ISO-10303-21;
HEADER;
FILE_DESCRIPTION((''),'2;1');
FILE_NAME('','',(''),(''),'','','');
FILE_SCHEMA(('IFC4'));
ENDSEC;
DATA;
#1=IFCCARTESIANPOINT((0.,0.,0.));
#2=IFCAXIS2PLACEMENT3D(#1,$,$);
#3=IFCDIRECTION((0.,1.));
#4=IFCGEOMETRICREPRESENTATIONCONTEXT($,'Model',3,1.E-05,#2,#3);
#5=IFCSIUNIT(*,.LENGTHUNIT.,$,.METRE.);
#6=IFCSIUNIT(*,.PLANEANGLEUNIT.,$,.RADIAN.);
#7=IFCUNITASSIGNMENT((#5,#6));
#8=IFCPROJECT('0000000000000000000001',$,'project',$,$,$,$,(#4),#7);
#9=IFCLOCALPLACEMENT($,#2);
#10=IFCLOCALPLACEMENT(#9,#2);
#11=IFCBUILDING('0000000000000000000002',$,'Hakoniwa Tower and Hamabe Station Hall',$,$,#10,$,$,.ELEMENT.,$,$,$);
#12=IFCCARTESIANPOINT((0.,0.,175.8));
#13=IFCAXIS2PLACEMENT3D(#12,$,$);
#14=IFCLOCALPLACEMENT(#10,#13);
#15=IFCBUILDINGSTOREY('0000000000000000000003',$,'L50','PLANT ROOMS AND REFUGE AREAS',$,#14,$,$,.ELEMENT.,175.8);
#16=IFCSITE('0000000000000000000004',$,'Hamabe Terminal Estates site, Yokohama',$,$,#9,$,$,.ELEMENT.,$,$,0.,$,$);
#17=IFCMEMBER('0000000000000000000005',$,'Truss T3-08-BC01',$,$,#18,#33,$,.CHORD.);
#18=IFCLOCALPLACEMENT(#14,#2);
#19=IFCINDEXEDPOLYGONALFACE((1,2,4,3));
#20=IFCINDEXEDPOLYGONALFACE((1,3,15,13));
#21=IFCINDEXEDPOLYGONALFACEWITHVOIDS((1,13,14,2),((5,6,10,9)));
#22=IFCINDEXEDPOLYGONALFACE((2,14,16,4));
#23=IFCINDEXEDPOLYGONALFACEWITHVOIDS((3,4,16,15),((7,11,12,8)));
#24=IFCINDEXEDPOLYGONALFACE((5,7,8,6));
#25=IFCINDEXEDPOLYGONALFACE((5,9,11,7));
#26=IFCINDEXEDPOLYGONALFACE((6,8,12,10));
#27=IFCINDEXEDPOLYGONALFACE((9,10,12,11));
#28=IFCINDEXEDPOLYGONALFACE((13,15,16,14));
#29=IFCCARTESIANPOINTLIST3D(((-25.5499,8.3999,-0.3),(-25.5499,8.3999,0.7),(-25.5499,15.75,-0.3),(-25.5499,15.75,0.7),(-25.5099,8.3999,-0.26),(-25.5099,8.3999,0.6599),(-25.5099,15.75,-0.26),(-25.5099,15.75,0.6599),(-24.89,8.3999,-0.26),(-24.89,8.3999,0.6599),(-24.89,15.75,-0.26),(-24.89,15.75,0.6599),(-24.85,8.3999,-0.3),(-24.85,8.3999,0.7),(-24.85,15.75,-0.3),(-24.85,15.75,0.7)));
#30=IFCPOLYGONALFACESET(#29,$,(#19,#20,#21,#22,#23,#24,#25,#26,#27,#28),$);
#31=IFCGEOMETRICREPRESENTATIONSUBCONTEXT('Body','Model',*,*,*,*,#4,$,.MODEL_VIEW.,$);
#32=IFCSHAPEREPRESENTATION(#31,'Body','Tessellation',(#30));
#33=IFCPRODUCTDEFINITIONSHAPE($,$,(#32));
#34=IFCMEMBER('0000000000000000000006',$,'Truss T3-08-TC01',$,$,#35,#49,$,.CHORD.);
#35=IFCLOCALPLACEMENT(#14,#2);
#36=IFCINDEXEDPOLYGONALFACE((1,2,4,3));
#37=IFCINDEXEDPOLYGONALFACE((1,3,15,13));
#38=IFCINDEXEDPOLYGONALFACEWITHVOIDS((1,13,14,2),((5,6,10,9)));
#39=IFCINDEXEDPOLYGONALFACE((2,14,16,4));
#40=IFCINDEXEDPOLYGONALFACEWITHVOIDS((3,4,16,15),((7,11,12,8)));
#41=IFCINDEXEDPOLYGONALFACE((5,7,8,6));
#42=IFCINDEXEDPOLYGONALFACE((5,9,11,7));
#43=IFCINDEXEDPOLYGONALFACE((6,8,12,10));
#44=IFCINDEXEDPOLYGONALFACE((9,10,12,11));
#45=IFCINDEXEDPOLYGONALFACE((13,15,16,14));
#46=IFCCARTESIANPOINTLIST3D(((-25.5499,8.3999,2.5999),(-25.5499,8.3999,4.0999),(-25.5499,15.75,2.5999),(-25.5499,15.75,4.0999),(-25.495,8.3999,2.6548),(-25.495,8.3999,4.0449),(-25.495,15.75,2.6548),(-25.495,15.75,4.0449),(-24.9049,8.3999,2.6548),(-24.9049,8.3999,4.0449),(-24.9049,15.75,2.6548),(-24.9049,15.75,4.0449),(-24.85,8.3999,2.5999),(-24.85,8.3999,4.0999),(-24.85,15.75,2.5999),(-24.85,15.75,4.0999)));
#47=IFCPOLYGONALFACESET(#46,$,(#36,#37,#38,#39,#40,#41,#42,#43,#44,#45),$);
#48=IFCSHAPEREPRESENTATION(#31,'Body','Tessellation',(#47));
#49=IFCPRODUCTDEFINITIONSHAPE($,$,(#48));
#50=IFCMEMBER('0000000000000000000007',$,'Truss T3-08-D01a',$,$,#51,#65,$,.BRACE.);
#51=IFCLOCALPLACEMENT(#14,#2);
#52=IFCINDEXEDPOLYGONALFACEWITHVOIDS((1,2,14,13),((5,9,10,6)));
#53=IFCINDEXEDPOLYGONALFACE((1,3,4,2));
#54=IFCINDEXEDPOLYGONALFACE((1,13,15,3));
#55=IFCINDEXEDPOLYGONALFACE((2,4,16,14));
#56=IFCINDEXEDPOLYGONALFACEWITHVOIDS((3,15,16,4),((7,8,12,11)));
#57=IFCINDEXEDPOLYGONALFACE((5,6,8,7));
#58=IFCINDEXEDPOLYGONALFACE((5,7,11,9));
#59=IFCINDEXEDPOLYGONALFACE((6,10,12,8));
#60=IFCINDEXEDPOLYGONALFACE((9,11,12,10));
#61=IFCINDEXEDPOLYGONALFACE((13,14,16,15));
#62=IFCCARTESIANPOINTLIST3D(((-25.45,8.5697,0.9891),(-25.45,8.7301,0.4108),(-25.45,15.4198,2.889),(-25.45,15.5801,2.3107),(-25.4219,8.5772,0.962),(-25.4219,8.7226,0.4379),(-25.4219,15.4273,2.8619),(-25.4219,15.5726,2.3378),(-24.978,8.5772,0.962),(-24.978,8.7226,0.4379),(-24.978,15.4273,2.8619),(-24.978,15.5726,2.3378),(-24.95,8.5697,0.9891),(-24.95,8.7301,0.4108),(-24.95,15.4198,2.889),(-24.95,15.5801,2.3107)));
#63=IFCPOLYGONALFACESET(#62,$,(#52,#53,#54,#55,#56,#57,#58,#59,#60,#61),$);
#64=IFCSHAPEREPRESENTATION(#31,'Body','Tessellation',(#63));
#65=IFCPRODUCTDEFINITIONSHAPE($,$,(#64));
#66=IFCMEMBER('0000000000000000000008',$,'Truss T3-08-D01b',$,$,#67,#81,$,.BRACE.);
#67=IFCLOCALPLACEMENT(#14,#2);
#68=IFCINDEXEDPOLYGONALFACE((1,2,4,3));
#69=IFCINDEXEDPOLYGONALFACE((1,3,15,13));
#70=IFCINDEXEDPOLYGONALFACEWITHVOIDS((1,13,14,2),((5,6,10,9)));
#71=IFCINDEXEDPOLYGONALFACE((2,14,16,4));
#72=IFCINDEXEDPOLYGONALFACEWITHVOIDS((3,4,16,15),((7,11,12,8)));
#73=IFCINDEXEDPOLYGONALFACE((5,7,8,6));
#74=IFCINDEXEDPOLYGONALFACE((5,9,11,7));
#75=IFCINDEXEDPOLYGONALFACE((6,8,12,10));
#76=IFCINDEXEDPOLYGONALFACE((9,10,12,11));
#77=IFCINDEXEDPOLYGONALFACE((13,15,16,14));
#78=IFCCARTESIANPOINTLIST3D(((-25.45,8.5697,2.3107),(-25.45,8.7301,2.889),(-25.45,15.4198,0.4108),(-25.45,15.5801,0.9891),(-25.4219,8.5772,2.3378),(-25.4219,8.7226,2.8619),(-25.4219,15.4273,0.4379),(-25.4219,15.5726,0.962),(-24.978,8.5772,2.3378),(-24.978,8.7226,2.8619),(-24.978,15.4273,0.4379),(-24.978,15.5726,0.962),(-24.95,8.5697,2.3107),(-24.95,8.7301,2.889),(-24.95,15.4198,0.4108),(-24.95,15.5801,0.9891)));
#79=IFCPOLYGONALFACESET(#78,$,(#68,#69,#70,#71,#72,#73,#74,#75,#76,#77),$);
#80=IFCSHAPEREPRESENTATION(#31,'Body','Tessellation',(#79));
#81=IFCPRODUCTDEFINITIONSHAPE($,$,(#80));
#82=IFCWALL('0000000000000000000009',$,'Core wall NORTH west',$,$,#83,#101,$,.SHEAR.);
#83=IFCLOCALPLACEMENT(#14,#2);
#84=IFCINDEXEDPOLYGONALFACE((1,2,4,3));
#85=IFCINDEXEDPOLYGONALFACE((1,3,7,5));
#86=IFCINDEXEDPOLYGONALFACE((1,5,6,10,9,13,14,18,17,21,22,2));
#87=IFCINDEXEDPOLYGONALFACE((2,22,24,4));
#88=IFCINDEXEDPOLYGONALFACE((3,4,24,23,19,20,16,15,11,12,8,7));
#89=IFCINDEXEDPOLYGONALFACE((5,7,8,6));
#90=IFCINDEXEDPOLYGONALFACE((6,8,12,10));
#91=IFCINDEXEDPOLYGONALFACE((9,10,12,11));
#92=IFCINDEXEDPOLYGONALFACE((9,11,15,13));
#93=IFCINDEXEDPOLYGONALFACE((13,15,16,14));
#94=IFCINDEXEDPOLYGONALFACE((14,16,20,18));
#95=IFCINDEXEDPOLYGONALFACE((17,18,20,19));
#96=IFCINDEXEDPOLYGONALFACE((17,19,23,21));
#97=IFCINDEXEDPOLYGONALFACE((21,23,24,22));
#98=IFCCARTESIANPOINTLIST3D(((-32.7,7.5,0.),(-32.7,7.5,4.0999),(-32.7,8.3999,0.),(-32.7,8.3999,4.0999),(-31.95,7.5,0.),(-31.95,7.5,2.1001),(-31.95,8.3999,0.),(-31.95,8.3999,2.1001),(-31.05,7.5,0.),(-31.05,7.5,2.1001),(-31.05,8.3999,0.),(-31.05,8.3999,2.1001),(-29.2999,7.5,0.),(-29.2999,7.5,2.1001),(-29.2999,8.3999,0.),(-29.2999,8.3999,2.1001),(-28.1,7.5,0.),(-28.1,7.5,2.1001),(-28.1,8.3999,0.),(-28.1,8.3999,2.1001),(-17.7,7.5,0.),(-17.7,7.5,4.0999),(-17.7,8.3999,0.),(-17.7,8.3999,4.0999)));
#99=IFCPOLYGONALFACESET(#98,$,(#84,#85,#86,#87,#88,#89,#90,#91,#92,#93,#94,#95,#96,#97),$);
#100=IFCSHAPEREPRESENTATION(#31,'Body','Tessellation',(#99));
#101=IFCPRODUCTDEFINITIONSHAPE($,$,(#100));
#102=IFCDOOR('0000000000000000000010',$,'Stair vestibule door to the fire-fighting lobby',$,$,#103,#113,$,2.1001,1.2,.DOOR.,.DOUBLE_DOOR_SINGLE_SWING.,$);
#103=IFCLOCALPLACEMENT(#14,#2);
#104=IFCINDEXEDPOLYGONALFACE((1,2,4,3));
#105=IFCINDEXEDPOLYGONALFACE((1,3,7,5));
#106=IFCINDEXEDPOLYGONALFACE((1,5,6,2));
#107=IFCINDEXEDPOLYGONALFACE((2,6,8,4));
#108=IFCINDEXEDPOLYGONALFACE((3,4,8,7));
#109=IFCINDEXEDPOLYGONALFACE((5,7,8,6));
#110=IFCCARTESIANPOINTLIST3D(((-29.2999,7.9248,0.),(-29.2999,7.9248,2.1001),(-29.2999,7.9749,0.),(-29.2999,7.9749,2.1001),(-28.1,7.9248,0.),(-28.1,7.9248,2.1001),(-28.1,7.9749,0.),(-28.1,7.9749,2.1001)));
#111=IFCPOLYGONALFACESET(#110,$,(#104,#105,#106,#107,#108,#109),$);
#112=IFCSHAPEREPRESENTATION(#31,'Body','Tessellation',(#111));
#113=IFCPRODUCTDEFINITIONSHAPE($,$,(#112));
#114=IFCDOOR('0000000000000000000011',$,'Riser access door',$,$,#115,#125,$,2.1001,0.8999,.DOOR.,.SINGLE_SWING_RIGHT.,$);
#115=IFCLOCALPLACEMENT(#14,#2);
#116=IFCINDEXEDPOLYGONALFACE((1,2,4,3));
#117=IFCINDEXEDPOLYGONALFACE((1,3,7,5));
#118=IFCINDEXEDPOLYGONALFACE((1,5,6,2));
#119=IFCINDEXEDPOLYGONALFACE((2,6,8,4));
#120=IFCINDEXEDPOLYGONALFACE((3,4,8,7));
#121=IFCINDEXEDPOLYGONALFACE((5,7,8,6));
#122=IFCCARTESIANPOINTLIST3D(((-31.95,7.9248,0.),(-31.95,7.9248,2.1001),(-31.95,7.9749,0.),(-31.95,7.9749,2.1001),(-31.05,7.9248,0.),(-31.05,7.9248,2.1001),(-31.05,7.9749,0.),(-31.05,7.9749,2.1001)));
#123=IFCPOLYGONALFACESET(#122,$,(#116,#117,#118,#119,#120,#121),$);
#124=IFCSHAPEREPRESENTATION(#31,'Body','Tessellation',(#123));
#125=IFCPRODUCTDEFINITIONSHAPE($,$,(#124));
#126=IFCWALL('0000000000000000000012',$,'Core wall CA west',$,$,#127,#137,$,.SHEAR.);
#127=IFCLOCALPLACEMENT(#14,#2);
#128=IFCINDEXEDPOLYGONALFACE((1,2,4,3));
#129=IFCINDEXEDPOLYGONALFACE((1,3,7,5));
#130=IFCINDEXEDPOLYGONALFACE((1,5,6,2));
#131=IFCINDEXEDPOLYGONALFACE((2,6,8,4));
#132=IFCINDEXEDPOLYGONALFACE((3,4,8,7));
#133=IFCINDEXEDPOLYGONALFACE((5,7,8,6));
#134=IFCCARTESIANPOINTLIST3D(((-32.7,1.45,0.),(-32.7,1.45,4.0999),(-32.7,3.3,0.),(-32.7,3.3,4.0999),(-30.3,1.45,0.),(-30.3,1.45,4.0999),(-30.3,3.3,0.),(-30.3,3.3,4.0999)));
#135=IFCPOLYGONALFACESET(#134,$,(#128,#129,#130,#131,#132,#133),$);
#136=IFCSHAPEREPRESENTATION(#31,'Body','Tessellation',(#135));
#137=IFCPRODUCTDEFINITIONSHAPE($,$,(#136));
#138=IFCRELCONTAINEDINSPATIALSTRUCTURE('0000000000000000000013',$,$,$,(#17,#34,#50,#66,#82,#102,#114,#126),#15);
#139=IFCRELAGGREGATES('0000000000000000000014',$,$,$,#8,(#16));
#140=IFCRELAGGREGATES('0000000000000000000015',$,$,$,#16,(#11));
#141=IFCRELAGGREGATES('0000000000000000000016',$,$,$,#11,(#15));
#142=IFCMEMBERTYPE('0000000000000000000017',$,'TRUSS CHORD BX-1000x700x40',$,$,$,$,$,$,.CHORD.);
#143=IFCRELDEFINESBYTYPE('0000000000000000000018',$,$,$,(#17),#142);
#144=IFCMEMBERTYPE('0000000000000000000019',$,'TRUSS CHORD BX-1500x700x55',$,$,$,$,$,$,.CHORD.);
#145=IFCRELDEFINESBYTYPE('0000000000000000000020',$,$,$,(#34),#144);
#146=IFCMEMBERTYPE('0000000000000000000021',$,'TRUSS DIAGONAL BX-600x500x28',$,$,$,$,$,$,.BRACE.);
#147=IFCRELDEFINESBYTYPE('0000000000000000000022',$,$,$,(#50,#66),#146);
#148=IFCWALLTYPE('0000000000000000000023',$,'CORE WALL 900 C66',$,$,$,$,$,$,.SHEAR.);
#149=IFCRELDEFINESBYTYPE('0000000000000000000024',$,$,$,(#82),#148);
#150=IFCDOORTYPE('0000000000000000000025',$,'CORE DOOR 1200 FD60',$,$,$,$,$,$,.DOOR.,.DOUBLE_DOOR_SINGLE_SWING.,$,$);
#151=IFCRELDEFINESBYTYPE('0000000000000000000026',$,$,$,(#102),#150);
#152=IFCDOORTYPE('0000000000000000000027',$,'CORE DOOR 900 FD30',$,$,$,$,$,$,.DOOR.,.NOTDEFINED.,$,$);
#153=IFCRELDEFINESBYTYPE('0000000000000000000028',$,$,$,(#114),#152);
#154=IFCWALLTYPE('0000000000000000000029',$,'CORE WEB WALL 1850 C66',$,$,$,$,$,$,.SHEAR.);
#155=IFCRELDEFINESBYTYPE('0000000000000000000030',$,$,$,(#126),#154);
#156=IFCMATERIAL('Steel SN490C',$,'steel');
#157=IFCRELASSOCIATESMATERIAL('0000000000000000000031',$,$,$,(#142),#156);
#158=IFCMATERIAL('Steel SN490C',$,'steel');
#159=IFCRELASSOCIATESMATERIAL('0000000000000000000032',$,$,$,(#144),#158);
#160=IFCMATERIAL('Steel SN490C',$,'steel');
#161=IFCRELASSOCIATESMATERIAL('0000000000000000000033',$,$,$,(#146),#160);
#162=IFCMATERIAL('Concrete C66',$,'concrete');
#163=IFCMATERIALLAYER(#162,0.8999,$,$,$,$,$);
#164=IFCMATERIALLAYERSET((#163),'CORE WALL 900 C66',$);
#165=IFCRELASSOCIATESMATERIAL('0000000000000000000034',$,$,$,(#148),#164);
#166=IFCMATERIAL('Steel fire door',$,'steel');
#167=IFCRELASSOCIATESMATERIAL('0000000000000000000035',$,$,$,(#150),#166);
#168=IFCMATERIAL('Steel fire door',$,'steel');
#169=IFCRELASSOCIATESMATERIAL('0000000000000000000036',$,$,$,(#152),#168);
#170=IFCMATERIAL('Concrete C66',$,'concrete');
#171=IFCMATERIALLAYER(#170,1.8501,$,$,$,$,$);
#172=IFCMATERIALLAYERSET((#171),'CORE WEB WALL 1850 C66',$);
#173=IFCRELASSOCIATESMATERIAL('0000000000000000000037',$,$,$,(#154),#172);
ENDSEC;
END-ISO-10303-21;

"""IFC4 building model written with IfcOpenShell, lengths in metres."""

from ifc_helpers import new_model, si_unit, direction, frame, frame_2d, origin, origin_2d, place, context, subcontext, project, spatial, rectangle, hollow_rectangle, extrude, material, layer, layer_set, material_profile, profile_set, type_object, element, fill, save


model = new_model("IFC4")

# Units and contexts
model_context = context("Model", 3, precision=1e-05, world=origin(), true_north=direction((0.0, 1.0)))
body_context = subcontext(model_context, "Body", "Model", "MODEL_VIEW")
ifc_project = project(units=[si_unit("LENGTHUNIT", "METRE"), si_unit("PLANEANGLEUNIT", "RADIAN")], contexts=[model_context])

# Site, building, storey
site_placement = place(None, origin())
site = spatial("IfcSite", under=ifc_project, at=site_placement, Name="Hamabe Terminal Estates site, Yokohama", CompositionType="ELEMENT", RefElevation=0.0)
building_placement = place(site_placement, origin())
building = spatial("IfcBuilding", under=site, at=building_placement, Name="Hakoniwa Tower and Hamabe Station Hall", CompositionType="ELEMENT")
storey_placement = place(building_placement, frame((0.0, 0.0, 175.8)))
storey = spatial("IfcBuildingStorey", under=building, at=storey_placement, Name="L50", Description="PLANT ROOMS AND REFUGE AREAS", CompositionType="ELEMENT", Elevation=175.8)

# Members
ifc_material_1 = material(Name="Steel SN490C", Category="steel")
ifc_material_profile_1 = material_profile(ifc_material_1, hollow_rectangle(XDim=0.7, YDim=1.0, WallThickness=0.04, at=origin_2d()), Name="BX-1000x700x40")
ifc_profile_set_1 = profile_set([ifc_material_profile_1], Name="Steel SN490C")
member_type_1 = type_object("IfcMemberType", Name="TRUSS CHORD BX-1000x700x40", PredefinedType="CHORD", material=ifc_profile_set_1)
member_1_placement = place(storey_placement, frame((-25.2, 8.3999, 0.2), z_axis=(0.0, 1.0, 0.0), x_axis=(-1.0, 0.0, 0.0)))
element("IfcMember", 1, at=member_1_placement, inside=storey, type_object=member_type_1, Name="Truss T3-08-BC01", PredefinedType="CHORD", context=body_context, shape_type="SweptSolid", body=[
    extrude(hollow_rectangle(XDim=0.7, YDim=1.0, WallThickness=0.04, at=origin_2d()), origin(), (0.0, 0.0, 1.0), 7.3501),
])
ifc_material_2 = material(Name="Steel SN490C", Category="steel")
ifc_material_profile_2 = material_profile(ifc_material_2, hollow_rectangle(XDim=0.7, YDim=1.5, WallThickness=0.0549, at=origin_2d()), Name="BX-1500x700x55")
ifc_profile_set_2 = profile_set([ifc_material_profile_2], Name="Steel SN490C")
member_type_2 = type_object("IfcMemberType", Name="TRUSS CHORD BX-1500x700x55", PredefinedType="CHORD", material=ifc_profile_set_2)
member_2_placement = place(storey_placement, frame((-25.2, 8.3999, 3.3499), z_axis=(0.0, 1.0, 0.0), x_axis=(-1.0, 0.0, 0.0)))
element("IfcMember", 2, at=member_2_placement, inside=storey, type_object=member_type_2, Name="Truss T3-08-TC01", PredefinedType="CHORD", context=body_context, shape_type="SweptSolid", body=[
    extrude(hollow_rectangle(XDim=0.7, YDim=1.5, WallThickness=0.0549, at=origin_2d()), origin(), (0.0, 0.0, 1.0), 7.3501),
])
ifc_material_3 = material(Name="Steel SN490C", Category="steel")
ifc_material_profile_3 = material_profile(ifc_material_3, hollow_rectangle(XDim=0.5, YDim=0.6001, WallThickness=0.0281, at=origin_2d()), Name="BX-600x500x28")
ifc_profile_set_3 = profile_set([ifc_material_profile_3], Name="Steel SN490C")
member_type_3 = type_object("IfcMemberType", Name="TRUSS DIAGONAL BX-600x500x28", PredefinedType="BRACE", material=ifc_profile_set_3)
for number, where, z_axis, x_axis, name in (
    (3, (-25.2, 8.6499, 0.7), (0.0, 0.963623, 0.267265), (-1.0, 0.0, 0.0), "Truss T3-08-D01a"),
    (4, (-25.2, 8.6499, 2.5999), (0.0, 0.963623, -0.267265), (-1.0, 0.0, 0.0), "Truss T3-08-D01b"),
):
    element("IfcMember", number, at=place(storey_placement, frame(where, z_axis=z_axis, x_axis=x_axis)), inside=storey, type_object=member_type_3, Name=name, PredefinedType="BRACE", context=body_context, shape_type="SweptSolid", body=[
        extrude(hollow_rectangle(XDim=0.5, YDim=0.6001, WallThickness=0.0281, at=origin_2d()), origin(), (0.0, 0.0, 1.0), 7.1086),
    ])

# Wall, openings, doors
ifc_material_4 = material(Name="Concrete C66", Category="concrete")
ifc_layer_1 = layer(ifc_material_4, 0.8999)
ifc_layer_set_1 = layer_set([ifc_layer_1], Name="CORE WALL 900 C66")
wall_type_1 = type_object("IfcWallType", Name="CORE WALL 900 C66", PredefinedType="SHEAR", material=ifc_layer_set_1)
wall_1_placement = place(storey_placement, frame((-32.7, 7.95, 0.0), z_axis=(0.0, 0.0, 1.0), x_axis=(1.0, 0.0, 0.0)))
wall_1 = element("IfcWall", 5, at=wall_1_placement, inside=storey, type_object=wall_type_1, Name="Core wall NORTH west", PredefinedType="SHEAR", context=body_context, shape_type="SweptSolid", body=[
    extrude(rectangle(XDim=15.0, YDim=0.8999, at=frame_2d((7.5, 0.0))), origin(), (0.0, 0.0, 1.0), 4.0999),
])
opening_1_placement = place(wall_1_placement, frame((3.3999, 0.0, 0.0)))
opening_1 = element("IfcOpeningElement", 6, at=opening_1_placement, cuts=wall_1, PredefinedType="OPENING", context=body_context, shape_type="SweptSolid", body=[
    extrude(rectangle(XDim=1.2, YDim=2.1001, at=frame_2d((0.6001, 1.05))), frame((0.0, 0.46, 0.0), z_axis=(0.0, -1.0, 0.0), x_axis=(1.0, 0.0, 0.0)), (0.0, 0.0, 1.0), 0.9199),
])
opening_2_placement = place(wall_1_placement, frame((0.75, 0.0, 0.0)))
opening_2 = element("IfcOpeningElement", 7, at=opening_2_placement, cuts=wall_1, PredefinedType="OPENING", context=body_context, shape_type="SweptSolid", body=[
    extrude(rectangle(XDim=0.8999, YDim=2.1001, at=frame_2d((0.45, 1.05))), frame((0.0, 0.46, 0.0), z_axis=(0.0, -1.0, 0.0), x_axis=(1.0, 0.0, 0.0)), (0.0, 0.0, 1.0), 0.9199),
])
ifc_material_5 = material(Name="Steel fire door", Category="steel")
door_type_1 = type_object("IfcDoorType", Name="CORE DOOR 1200 FD60", OperationType="DOUBLE_DOOR_SINGLE_SWING", PredefinedType="DOOR", material=ifc_material_5)
door_1_placement = place(opening_1_placement, origin())
door_1 = element("IfcDoor", 8, at=door_1_placement, inside=storey, type_object=door_type_1, Name="Stair vestibule door to the fire-fighting lobby", OperationType="DOUBLE_DOOR_SINGLE_SWING", OverallHeight=2.1001, OverallWidth=1.2, PredefinedType="DOOR", context=body_context, shape_type="SweptSolid", body=[
    extrude(rectangle(XDim=1.2, YDim=2.1001, at=frame_2d((0.6001, 1.05))), frame((0.0, 0.0249, 0.0), z_axis=(0.0, -1.0, 0.0), x_axis=(1.0, 0.0, 0.0)), (0.0, 0.0, 1.0), 0.05),
])
fill(opening_1, door_1)
ifc_material_6 = material(Name="Steel fire door", Category="steel")
door_type_2 = type_object("IfcDoorType", Name="CORE DOOR 900 FD30", OperationType="NOTDEFINED", PredefinedType="DOOR", material=ifc_material_6)
door_2_placement = place(opening_2_placement, origin())
door_2 = element("IfcDoor", 9, at=door_2_placement, inside=storey, type_object=door_type_2, Name="Riser access door", OperationType="SINGLE_SWING_RIGHT", OverallHeight=2.1001, OverallWidth=0.8999, PredefinedType="DOOR", context=body_context, shape_type="SweptSolid", body=[
    extrude(rectangle(XDim=0.8999, YDim=2.1001, at=frame_2d((0.45, 1.05))), frame((0.0, 0.0249, 0.0), z_axis=(0.0, -1.0, 0.0), x_axis=(1.0, 0.0, 0.0)), (0.0, 0.0, 1.0), 0.05),
])
fill(opening_2, door_2)

# Wall
ifc_material_7 = material(Name="Concrete C66", Category="concrete")
ifc_layer_2 = layer(ifc_material_7, 1.8501)
ifc_layer_set_2 = layer_set([ifc_layer_2], Name="CORE WEB WALL 1850 C66")
wall_type_2 = type_object("IfcWallType", Name="CORE WEB WALL 1850 C66", PredefinedType="SHEAR", material=ifc_layer_set_2)
wall_2_placement = place(storey_placement, frame((-32.7, 2.375, 0.0), z_axis=(0.0, 0.0, 1.0), x_axis=(1.0, 0.0, 0.0)))
element("IfcWall", 10, at=wall_2_placement, inside=storey, type_object=wall_type_2, Name="Core wall CA west", PredefinedType="SHEAR", context=body_context, shape_type="SweptSolid", body=[
    extrude(rectangle(XDim=2.3999, YDim=1.8501, at=frame_2d((1.2, 0.0))), origin(), (0.0, 0.0, 1.0), 4.0999),
])

save(model, "model.ifc")
